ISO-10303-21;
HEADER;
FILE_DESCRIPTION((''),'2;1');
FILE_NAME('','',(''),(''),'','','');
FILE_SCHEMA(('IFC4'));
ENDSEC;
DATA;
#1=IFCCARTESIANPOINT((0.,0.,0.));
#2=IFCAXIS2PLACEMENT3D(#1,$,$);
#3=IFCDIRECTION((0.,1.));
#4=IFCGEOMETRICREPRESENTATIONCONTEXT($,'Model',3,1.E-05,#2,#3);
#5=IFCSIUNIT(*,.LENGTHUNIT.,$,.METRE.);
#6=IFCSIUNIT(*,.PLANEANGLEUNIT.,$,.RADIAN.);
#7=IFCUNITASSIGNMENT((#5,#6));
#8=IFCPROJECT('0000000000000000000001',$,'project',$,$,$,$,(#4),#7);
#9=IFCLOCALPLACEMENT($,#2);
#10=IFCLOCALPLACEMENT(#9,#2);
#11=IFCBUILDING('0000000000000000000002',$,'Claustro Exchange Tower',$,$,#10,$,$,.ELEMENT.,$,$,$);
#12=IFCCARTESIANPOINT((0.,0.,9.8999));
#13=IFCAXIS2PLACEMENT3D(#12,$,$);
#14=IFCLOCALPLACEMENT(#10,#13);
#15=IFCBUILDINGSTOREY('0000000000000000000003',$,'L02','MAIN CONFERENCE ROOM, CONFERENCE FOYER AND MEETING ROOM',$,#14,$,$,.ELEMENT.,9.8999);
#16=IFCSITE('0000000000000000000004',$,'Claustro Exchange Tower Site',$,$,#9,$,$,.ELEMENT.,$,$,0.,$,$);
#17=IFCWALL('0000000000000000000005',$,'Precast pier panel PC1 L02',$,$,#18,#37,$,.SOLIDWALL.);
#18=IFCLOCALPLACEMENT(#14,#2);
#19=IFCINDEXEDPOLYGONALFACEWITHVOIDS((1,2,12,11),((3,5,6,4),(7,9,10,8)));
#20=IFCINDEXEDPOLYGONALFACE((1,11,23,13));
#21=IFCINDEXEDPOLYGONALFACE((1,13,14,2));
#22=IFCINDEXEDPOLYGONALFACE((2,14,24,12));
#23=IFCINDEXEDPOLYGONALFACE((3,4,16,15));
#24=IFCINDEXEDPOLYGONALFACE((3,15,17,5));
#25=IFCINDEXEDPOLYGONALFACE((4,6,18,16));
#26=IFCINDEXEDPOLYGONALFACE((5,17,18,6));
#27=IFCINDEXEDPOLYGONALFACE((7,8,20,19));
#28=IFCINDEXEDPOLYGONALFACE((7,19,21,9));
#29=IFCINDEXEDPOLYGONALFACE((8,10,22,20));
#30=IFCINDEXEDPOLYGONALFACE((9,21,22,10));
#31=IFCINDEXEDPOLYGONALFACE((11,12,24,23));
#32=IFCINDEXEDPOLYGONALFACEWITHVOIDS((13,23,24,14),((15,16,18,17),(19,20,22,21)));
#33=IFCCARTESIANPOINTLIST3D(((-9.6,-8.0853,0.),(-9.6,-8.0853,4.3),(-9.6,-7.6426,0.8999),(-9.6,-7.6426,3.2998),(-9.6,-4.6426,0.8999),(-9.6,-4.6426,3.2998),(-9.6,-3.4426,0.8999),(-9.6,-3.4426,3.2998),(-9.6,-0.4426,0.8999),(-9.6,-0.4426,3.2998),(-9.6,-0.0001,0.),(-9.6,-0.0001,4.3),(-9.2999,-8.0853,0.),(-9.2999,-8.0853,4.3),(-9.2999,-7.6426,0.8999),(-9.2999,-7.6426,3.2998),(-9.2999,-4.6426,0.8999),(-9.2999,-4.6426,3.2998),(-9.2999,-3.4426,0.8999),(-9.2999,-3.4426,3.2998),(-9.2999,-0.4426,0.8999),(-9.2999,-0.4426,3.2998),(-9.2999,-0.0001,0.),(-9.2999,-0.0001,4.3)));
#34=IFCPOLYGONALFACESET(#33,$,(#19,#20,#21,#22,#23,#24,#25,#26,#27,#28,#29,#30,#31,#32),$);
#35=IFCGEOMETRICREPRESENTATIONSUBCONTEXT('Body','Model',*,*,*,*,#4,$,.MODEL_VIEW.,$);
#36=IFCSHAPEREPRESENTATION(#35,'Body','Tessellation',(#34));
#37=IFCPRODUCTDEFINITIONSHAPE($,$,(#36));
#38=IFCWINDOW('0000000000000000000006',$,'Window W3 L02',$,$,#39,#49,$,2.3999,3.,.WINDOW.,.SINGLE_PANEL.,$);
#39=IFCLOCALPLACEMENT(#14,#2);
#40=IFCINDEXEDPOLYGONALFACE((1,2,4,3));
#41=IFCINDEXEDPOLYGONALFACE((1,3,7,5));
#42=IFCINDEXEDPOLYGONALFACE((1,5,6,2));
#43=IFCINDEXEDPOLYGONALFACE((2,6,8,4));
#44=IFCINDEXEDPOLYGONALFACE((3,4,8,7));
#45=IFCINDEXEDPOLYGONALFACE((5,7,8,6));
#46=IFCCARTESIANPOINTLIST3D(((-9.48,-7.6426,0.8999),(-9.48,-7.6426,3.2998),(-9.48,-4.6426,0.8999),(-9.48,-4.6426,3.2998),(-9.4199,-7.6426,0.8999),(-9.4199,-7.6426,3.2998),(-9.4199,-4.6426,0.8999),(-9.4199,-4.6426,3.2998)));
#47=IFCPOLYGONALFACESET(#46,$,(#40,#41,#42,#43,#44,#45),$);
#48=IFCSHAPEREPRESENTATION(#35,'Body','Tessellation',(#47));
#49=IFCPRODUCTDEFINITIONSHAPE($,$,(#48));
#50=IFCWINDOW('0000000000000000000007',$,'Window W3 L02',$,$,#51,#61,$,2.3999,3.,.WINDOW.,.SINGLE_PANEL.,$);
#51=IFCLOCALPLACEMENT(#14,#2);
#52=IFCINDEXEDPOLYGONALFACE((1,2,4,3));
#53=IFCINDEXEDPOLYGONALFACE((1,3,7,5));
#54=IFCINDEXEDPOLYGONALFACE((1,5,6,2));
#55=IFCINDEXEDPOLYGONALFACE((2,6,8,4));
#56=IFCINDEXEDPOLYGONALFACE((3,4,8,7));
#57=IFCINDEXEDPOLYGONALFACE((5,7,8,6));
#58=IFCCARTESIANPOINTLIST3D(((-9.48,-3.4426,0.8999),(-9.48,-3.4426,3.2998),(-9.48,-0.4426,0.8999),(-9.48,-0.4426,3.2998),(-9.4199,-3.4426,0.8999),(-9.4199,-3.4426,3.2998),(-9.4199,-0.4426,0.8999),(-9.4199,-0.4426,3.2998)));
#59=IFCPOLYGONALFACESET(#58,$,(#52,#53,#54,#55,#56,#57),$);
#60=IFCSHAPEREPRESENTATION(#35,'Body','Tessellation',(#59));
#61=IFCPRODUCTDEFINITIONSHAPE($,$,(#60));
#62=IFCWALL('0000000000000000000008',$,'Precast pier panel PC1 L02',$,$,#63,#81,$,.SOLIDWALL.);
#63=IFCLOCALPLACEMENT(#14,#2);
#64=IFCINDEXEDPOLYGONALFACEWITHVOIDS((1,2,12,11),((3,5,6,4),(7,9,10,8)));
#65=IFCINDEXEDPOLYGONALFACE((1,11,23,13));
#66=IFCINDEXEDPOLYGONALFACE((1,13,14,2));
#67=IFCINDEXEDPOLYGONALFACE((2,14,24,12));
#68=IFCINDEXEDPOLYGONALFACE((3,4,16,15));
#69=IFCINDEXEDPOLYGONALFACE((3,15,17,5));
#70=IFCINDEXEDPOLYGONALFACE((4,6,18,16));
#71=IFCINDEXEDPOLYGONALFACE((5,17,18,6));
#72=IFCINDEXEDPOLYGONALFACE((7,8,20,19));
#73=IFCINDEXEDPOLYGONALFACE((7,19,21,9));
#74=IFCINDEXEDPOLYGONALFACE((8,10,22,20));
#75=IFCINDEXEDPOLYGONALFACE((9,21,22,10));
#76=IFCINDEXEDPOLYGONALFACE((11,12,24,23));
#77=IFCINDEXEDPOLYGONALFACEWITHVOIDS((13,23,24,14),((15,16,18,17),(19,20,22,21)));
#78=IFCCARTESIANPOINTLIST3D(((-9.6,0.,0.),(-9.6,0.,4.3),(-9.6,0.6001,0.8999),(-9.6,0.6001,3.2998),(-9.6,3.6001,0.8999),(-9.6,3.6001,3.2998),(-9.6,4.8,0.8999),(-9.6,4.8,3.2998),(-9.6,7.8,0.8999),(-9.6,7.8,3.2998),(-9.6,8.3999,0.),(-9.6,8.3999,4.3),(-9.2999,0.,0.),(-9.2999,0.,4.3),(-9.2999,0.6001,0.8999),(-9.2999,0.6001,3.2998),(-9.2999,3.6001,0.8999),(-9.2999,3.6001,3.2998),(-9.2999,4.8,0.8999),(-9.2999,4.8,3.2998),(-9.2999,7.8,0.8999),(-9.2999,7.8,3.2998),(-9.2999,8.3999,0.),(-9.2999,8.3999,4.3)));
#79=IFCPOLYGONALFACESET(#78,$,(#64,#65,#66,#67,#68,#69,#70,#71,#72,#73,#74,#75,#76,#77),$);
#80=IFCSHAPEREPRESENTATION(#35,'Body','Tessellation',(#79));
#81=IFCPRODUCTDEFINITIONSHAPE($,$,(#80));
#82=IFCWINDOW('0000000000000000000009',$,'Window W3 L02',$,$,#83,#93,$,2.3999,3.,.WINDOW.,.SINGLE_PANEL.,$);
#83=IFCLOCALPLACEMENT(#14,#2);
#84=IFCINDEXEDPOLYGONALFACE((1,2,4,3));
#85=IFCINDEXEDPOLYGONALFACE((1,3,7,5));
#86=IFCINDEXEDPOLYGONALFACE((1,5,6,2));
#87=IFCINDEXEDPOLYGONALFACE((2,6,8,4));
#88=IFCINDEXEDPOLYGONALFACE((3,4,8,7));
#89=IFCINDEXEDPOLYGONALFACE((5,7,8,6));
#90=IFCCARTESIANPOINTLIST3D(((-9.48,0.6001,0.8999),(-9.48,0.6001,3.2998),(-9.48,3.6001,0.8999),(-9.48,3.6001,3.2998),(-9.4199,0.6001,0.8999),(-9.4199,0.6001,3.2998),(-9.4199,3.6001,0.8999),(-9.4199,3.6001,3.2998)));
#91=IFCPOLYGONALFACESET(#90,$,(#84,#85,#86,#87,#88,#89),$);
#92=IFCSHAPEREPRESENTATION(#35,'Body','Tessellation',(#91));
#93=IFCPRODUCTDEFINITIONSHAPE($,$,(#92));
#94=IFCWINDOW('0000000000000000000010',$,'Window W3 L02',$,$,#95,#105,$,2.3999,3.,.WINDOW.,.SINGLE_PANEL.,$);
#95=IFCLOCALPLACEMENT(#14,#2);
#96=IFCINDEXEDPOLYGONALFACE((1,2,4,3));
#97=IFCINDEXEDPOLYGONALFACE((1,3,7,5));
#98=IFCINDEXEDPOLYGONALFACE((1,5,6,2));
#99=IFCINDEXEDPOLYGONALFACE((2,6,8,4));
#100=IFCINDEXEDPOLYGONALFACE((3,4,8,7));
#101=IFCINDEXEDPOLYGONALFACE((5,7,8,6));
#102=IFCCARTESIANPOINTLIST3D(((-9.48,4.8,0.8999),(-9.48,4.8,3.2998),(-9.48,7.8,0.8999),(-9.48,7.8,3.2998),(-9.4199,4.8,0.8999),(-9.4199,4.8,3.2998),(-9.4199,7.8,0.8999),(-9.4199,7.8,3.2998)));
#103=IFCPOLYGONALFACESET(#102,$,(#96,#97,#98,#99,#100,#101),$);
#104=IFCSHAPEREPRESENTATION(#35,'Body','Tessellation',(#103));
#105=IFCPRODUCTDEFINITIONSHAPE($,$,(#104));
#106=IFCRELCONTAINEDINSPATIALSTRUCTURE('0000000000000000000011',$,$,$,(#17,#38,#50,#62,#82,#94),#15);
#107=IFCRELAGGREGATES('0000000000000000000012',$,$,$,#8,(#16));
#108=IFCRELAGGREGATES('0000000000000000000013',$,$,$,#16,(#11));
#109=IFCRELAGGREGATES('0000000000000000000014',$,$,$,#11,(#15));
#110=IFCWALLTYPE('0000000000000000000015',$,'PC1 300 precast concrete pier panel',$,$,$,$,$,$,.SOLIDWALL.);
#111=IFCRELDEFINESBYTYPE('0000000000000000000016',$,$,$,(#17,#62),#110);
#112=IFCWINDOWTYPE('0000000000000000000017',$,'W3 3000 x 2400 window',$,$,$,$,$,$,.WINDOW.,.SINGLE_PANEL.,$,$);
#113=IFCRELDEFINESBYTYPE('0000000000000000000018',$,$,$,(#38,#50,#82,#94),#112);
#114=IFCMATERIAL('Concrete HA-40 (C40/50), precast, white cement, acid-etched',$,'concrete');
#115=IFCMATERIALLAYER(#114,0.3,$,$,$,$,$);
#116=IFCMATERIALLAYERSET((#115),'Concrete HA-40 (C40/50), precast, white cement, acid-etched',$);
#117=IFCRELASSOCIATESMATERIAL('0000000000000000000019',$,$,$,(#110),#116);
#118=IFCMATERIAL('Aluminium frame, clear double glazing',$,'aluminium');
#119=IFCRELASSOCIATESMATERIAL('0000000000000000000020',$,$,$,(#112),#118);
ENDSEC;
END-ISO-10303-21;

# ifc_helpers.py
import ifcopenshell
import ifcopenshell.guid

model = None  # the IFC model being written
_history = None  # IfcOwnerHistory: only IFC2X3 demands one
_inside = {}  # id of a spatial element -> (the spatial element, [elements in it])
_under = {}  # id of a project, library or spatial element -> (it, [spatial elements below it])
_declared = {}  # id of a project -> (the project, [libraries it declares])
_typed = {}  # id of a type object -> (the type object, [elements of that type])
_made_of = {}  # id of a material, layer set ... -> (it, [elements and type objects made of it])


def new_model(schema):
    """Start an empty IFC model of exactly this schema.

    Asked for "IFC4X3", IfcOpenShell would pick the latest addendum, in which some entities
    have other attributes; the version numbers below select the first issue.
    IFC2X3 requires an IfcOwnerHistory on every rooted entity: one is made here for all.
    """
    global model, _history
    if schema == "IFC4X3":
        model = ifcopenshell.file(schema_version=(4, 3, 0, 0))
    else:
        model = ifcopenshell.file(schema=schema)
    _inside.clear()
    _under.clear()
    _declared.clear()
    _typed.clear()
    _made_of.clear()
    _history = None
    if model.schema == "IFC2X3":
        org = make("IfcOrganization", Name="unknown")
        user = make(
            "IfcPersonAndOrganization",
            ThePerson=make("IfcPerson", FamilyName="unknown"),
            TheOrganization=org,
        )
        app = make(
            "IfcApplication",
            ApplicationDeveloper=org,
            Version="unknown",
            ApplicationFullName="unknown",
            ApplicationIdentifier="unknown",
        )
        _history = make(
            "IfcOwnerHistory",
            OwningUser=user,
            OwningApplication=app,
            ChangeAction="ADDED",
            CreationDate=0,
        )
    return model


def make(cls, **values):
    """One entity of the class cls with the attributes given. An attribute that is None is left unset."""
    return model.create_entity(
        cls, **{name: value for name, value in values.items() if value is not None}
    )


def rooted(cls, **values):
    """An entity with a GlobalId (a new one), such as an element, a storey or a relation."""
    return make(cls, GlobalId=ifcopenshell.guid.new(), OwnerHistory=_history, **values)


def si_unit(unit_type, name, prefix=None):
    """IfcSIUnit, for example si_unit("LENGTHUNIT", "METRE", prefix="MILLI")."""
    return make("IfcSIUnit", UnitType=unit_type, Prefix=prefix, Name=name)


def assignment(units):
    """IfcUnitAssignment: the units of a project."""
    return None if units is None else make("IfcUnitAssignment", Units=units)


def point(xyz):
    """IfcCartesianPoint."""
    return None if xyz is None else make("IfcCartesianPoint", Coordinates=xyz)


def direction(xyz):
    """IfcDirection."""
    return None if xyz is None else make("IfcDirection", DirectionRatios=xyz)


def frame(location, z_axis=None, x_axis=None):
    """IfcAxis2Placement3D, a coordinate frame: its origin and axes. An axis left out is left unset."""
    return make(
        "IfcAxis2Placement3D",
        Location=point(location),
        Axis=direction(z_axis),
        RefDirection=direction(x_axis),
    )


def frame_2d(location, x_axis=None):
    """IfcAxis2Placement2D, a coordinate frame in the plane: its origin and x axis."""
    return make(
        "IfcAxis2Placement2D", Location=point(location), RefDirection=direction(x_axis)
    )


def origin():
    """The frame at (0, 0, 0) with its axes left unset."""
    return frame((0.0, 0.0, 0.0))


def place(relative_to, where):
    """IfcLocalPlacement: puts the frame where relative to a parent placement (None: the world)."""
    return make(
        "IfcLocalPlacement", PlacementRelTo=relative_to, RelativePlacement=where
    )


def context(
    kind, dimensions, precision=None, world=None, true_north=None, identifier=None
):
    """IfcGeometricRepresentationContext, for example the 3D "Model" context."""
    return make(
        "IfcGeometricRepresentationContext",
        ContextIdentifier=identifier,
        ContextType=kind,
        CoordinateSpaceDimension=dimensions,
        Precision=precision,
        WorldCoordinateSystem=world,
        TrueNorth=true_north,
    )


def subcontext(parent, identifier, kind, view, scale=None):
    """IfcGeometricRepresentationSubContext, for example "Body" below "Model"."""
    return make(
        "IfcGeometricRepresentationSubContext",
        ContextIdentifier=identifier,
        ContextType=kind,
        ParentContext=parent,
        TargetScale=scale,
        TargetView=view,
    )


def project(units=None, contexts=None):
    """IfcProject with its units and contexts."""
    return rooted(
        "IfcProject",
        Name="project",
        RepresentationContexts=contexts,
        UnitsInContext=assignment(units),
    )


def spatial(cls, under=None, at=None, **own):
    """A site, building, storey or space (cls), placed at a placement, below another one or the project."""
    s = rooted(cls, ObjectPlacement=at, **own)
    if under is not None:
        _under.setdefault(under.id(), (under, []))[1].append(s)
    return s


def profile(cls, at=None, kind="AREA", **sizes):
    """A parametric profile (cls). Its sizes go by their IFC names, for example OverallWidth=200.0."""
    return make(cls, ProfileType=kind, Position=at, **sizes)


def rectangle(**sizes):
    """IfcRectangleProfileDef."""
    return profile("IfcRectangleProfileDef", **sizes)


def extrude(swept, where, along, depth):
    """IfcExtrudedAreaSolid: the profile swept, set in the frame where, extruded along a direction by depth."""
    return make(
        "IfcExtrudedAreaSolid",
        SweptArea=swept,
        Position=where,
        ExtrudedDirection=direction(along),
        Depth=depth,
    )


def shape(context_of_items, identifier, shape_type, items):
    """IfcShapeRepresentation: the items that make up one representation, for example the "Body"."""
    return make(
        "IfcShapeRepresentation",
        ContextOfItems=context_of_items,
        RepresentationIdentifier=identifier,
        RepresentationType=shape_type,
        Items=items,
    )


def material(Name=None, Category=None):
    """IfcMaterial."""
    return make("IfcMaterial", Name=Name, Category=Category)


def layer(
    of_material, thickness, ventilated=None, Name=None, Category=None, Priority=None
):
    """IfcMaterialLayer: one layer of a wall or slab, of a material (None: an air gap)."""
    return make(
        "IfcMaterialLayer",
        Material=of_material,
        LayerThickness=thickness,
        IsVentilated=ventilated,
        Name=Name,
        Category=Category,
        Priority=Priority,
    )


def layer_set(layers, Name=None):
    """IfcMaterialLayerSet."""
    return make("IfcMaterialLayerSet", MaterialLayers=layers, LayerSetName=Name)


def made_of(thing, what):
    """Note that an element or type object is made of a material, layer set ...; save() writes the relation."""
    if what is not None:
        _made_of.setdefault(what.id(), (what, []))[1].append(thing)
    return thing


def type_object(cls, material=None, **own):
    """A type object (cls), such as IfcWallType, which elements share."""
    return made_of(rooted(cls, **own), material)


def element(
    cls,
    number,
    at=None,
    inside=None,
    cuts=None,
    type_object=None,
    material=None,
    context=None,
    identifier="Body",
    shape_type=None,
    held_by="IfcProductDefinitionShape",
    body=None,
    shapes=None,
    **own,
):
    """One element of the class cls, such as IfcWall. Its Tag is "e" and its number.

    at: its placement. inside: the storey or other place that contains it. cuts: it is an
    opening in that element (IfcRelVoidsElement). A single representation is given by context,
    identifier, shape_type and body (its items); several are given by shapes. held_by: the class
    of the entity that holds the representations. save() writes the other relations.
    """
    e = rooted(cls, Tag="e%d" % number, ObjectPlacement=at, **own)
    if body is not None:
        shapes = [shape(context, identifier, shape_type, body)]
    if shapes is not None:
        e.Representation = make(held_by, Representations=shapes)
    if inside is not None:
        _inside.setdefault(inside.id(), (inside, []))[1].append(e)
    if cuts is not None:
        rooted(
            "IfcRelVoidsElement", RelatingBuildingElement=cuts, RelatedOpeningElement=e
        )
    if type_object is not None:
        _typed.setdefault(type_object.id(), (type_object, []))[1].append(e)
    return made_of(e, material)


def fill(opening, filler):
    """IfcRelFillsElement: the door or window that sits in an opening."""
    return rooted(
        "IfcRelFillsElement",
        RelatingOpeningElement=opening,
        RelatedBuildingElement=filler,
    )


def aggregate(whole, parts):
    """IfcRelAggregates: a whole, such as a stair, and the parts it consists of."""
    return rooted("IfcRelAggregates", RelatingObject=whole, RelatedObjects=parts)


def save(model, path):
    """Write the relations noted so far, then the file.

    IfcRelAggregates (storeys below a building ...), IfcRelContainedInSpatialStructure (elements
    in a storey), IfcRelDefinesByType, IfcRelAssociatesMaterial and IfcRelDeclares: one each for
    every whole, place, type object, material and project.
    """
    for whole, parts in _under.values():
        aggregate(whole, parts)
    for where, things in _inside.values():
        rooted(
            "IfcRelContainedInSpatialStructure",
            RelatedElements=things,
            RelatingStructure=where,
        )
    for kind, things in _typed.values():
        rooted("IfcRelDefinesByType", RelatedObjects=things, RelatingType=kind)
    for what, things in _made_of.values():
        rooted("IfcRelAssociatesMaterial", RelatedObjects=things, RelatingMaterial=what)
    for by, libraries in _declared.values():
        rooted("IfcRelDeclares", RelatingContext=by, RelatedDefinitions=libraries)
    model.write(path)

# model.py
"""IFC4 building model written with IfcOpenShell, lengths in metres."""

from ifc_helpers import new_model, si_unit, direction, frame, frame_2d, origin, place, context, subcontext, project, spatial, rectangle, extrude, material, layer, layer_set, type_object, element, fill, save


model = new_model("IFC4")

# Units and contexts
model_context = context("Model", 3, precision=1e-05, world=origin(), true_north=direction((0.0, 1.0)))
body_context = subcontext(model_context, "Body", "Model", "MODEL_VIEW")
ifc_project = project(units=[si_unit("LENGTHUNIT", "METRE"), si_unit("PLANEANGLEUNIT", "RADIAN")], contexts=[model_context])

# Site, building, storey
site_placement = place(None, origin())
site = spatial("IfcSite", under=ifc_project, at=site_placement, Name="Claustro Exchange Tower Site", CompositionType="ELEMENT", RefElevation=0.0)
building_placement = place(site_placement, origin())
building = spatial("IfcBuilding", under=site, at=building_placement, Name="Claustro Exchange Tower", CompositionType="ELEMENT")
storey_placement = place(building_placement, frame((0.0, 0.0, 9.8999)))
storey = spatial("IfcBuildingStorey", under=building, at=storey_placement, Name="L02", Description="MAIN CONFERENCE ROOM, CONFERENCE FOYER AND MEETING ROOM", CompositionType="ELEMENT", Elevation=9.8999)

# Shared definitions
ifc_material_1 = material(Name="Concrete HA-40 (C40/50), precast, white cement, acid-etched", Category="concrete")
ifc_layer_1 = layer(ifc_material_1, 0.3)
ifc_layer_set_1 = layer_set([ifc_layer_1], Name="Concrete HA-40 (C40/50), precast, white cement, acid-etched")
wall_type_1 = type_object("IfcWallType", Name="PC1 300 precast concrete pier panel", PredefinedType="SOLIDWALL", material=ifc_layer_set_1)

# Walls, openings, windows
wall_1_placement = place(storey_placement, frame((-9.45, -8.0852, 0.0), z_axis=(0.0, 0.0, 1.0), x_axis=(0.0, 1.0, 0.0)))
wall_1 = element("IfcWall", 1, at=wall_1_placement, inside=storey, type_object=wall_type_1, Name="Precast pier panel PC1 L02", PredefinedType="SOLIDWALL", context=body_context, shape_type="SweptSolid", body=[
    extrude(rectangle(XDim=8.0852, YDim=0.3, at=frame_2d((4.0425, 0.0))), origin(), (0.0, 0.0, 1.0), 4.3),
])
opening_1_placement = place(wall_1_placement, frame((0.4426, 0.0, 0.8999)))
opening_1 = element("IfcOpeningElement", 2, at=opening_1_placement, cuts=wall_1, PredefinedType="OPENING", context=body_context, shape_type="SweptSolid", body=[
    extrude(rectangle(XDim=3.0, YDim=2.3999, at=frame_2d((1.5, 1.2))), frame((0.0, 0.1599, 0.0), z_axis=(0.0, -1.0, 0.0), x_axis=(1.0, 0.0, 0.0)), (0.0, 0.0, 1.0), 0.3201),
])
opening_2_placement = place(wall_1_placement, frame((4.6426, 0.0, 0.8999)))
opening_2 = element("IfcOpeningElement", 3, at=opening_2_placement, cuts=wall_1, PredefinedType="OPENING", context=body_context, shape_type="SweptSolid", body=[
    extrude(rectangle(XDim=3.0, YDim=2.3999, at=frame_2d((1.5, 1.2))), frame((0.0, 0.1599, 0.0), z_axis=(0.0, -1.0, 0.0), x_axis=(1.0, 0.0, 0.0)), (0.0, 0.0, 1.0), 0.3201),
])
ifc_material_2 = material(Name="Aluminium frame, clear double glazing", Category="aluminium")
window_type = type_object("IfcWindowType", Name="W3 3000 x 2400 window", PartitioningType="SINGLE_PANEL", PredefinedType="WINDOW", material=ifc_material_2)
window_1_placement = place(opening_1_placement, origin())
window_1 = element("IfcWindow", 4, at=window_1_placement, inside=storey, type_object=window_type, Name="Window W3 L02", OverallHeight=2.3999, OverallWidth=3.0, PartitioningType="SINGLE_PANEL", PredefinedType="WINDOW", context=body_context, shape_type="SweptSolid", body=[
    extrude(rectangle(XDim=3.0, YDim=2.3999, at=frame_2d((1.5, 1.2))), frame((0.0, 0.03, 0.0), z_axis=(0.0, -1.0, 0.0), x_axis=(1.0, 0.0, 0.0)), (0.0, 0.0, 1.0), 0.0601),
])
fill(opening_1, window_1)
window_2_placement = place(opening_2_placement, origin())
window_2 = element("IfcWindow", 5, at=window_2_placement, inside=storey, type_object=window_type, Name="Window W3 L02", OverallHeight=2.3999, OverallWidth=3.0, PartitioningType="SINGLE_PANEL", PredefinedType="WINDOW", context=body_context, shape_type="SweptSolid", body=[
    extrude(rectangle(XDim=3.0, YDim=2.3999, at=frame_2d((1.5, 1.2))), frame((0.0, 0.03, 0.0), z_axis=(0.0, -1.0, 0.0), x_axis=(1.0, 0.0, 0.0)), (0.0, 0.0, 1.0), 0.0601),
])
fill(opening_2, window_2)
wall_2_placement = place(storey_placement, frame((-9.45, 0.0, 0.0), z_axis=(0.0, 0.0, 1.0), x_axis=(0.0, 1.0, 0.0)))
wall_2 = element("IfcWall", 6, at=wall_2_placement, inside=storey, type_object=wall_type_1, Name="Precast pier panel PC1 L02", PredefinedType="SOLIDWALL", context=body_context, shape_type="SweptSolid", body=[
    extrude(rectangle(XDim=8.3999, YDim=0.3, at=frame_2d((4.2, 0.0))), origin(), (0.0, 0.0, 1.0), 4.3),
])
opening_3_placement = place(wall_2_placement, frame((0.6001, 0.0, 0.8999)))
opening_3 = element("IfcOpeningElement", 7, at=opening_3_placement, cuts=wall_2, PredefinedType="OPENING", context=body_context, shape_type="SweptSolid", body=[
    extrude(rectangle(XDim=3.0, YDim=2.3999, at=frame_2d((1.5, 1.2))), frame((0.0, 0.1599, 0.0), z_axis=(0.0, -1.0, 0.0), x_axis=(1.0, 0.0, 0.0)), (0.0, 0.0, 1.0), 0.3201),
])
opening_4_placement = place(wall_2_placement, frame((4.8, 0.0, 0.8999)))
opening_4 = element("IfcOpeningElement", 8, at=opening_4_placement, cuts=wall_2, PredefinedType="OPENING", context=body_context, shape_type="SweptSolid", body=[
    extrude(rectangle(XDim=3.0, YDim=2.3999, at=frame_2d((1.5, 1.2))), frame((0.0, 0.1599, 0.0), z_axis=(0.0, -1.0, 0.0), x_axis=(1.0, 0.0, 0.0)), (0.0, 0.0, 1.0), 0.3201),
])
window_3_placement = place(opening_3_placement, origin())
window_3 = element("IfcWindow", 9, at=window_3_placement, inside=storey, type_object=window_type, Name="Window W3 L02", OverallHeight=2.3999, OverallWidth=3.0, PartitioningType="SINGLE_PANEL", PredefinedType="WINDOW", context=body_context, shape_type="SweptSolid", body=[
    extrude(rectangle(XDim=3.0, YDim=2.3999, at=frame_2d((1.5, 1.2))), frame((0.0, 0.03, 0.0), z_axis=(0.0, -1.0, 0.0), x_axis=(1.0, 0.0, 0.0)), (0.0, 0.0, 1.0), 0.0601),
])
fill(opening_3, window_3)
window_4_placement = place(opening_4_placement, origin())
window_4 = element("IfcWindow", 10, at=window_4_placement, inside=storey, type_object=window_type, Name="Window W3 L02", OverallHeight=2.3999, OverallWidth=3.0, PartitioningType="SINGLE_PANEL", PredefinedType="WINDOW", context=body_context, shape_type="SweptSolid", body=[
    extrude(rectangle(XDim=3.0, YDim=2.3999, at=frame_2d((1.5, 1.2))), frame((0.0, 0.03, 0.0), z_axis=(0.0, -1.0, 0.0), x_axis=(1.0, 0.0, 0.0)), (0.0, 0.0, 1.0), 0.0601),
])
fill(opening_4, window_4)

save(model, "model.ifc")
